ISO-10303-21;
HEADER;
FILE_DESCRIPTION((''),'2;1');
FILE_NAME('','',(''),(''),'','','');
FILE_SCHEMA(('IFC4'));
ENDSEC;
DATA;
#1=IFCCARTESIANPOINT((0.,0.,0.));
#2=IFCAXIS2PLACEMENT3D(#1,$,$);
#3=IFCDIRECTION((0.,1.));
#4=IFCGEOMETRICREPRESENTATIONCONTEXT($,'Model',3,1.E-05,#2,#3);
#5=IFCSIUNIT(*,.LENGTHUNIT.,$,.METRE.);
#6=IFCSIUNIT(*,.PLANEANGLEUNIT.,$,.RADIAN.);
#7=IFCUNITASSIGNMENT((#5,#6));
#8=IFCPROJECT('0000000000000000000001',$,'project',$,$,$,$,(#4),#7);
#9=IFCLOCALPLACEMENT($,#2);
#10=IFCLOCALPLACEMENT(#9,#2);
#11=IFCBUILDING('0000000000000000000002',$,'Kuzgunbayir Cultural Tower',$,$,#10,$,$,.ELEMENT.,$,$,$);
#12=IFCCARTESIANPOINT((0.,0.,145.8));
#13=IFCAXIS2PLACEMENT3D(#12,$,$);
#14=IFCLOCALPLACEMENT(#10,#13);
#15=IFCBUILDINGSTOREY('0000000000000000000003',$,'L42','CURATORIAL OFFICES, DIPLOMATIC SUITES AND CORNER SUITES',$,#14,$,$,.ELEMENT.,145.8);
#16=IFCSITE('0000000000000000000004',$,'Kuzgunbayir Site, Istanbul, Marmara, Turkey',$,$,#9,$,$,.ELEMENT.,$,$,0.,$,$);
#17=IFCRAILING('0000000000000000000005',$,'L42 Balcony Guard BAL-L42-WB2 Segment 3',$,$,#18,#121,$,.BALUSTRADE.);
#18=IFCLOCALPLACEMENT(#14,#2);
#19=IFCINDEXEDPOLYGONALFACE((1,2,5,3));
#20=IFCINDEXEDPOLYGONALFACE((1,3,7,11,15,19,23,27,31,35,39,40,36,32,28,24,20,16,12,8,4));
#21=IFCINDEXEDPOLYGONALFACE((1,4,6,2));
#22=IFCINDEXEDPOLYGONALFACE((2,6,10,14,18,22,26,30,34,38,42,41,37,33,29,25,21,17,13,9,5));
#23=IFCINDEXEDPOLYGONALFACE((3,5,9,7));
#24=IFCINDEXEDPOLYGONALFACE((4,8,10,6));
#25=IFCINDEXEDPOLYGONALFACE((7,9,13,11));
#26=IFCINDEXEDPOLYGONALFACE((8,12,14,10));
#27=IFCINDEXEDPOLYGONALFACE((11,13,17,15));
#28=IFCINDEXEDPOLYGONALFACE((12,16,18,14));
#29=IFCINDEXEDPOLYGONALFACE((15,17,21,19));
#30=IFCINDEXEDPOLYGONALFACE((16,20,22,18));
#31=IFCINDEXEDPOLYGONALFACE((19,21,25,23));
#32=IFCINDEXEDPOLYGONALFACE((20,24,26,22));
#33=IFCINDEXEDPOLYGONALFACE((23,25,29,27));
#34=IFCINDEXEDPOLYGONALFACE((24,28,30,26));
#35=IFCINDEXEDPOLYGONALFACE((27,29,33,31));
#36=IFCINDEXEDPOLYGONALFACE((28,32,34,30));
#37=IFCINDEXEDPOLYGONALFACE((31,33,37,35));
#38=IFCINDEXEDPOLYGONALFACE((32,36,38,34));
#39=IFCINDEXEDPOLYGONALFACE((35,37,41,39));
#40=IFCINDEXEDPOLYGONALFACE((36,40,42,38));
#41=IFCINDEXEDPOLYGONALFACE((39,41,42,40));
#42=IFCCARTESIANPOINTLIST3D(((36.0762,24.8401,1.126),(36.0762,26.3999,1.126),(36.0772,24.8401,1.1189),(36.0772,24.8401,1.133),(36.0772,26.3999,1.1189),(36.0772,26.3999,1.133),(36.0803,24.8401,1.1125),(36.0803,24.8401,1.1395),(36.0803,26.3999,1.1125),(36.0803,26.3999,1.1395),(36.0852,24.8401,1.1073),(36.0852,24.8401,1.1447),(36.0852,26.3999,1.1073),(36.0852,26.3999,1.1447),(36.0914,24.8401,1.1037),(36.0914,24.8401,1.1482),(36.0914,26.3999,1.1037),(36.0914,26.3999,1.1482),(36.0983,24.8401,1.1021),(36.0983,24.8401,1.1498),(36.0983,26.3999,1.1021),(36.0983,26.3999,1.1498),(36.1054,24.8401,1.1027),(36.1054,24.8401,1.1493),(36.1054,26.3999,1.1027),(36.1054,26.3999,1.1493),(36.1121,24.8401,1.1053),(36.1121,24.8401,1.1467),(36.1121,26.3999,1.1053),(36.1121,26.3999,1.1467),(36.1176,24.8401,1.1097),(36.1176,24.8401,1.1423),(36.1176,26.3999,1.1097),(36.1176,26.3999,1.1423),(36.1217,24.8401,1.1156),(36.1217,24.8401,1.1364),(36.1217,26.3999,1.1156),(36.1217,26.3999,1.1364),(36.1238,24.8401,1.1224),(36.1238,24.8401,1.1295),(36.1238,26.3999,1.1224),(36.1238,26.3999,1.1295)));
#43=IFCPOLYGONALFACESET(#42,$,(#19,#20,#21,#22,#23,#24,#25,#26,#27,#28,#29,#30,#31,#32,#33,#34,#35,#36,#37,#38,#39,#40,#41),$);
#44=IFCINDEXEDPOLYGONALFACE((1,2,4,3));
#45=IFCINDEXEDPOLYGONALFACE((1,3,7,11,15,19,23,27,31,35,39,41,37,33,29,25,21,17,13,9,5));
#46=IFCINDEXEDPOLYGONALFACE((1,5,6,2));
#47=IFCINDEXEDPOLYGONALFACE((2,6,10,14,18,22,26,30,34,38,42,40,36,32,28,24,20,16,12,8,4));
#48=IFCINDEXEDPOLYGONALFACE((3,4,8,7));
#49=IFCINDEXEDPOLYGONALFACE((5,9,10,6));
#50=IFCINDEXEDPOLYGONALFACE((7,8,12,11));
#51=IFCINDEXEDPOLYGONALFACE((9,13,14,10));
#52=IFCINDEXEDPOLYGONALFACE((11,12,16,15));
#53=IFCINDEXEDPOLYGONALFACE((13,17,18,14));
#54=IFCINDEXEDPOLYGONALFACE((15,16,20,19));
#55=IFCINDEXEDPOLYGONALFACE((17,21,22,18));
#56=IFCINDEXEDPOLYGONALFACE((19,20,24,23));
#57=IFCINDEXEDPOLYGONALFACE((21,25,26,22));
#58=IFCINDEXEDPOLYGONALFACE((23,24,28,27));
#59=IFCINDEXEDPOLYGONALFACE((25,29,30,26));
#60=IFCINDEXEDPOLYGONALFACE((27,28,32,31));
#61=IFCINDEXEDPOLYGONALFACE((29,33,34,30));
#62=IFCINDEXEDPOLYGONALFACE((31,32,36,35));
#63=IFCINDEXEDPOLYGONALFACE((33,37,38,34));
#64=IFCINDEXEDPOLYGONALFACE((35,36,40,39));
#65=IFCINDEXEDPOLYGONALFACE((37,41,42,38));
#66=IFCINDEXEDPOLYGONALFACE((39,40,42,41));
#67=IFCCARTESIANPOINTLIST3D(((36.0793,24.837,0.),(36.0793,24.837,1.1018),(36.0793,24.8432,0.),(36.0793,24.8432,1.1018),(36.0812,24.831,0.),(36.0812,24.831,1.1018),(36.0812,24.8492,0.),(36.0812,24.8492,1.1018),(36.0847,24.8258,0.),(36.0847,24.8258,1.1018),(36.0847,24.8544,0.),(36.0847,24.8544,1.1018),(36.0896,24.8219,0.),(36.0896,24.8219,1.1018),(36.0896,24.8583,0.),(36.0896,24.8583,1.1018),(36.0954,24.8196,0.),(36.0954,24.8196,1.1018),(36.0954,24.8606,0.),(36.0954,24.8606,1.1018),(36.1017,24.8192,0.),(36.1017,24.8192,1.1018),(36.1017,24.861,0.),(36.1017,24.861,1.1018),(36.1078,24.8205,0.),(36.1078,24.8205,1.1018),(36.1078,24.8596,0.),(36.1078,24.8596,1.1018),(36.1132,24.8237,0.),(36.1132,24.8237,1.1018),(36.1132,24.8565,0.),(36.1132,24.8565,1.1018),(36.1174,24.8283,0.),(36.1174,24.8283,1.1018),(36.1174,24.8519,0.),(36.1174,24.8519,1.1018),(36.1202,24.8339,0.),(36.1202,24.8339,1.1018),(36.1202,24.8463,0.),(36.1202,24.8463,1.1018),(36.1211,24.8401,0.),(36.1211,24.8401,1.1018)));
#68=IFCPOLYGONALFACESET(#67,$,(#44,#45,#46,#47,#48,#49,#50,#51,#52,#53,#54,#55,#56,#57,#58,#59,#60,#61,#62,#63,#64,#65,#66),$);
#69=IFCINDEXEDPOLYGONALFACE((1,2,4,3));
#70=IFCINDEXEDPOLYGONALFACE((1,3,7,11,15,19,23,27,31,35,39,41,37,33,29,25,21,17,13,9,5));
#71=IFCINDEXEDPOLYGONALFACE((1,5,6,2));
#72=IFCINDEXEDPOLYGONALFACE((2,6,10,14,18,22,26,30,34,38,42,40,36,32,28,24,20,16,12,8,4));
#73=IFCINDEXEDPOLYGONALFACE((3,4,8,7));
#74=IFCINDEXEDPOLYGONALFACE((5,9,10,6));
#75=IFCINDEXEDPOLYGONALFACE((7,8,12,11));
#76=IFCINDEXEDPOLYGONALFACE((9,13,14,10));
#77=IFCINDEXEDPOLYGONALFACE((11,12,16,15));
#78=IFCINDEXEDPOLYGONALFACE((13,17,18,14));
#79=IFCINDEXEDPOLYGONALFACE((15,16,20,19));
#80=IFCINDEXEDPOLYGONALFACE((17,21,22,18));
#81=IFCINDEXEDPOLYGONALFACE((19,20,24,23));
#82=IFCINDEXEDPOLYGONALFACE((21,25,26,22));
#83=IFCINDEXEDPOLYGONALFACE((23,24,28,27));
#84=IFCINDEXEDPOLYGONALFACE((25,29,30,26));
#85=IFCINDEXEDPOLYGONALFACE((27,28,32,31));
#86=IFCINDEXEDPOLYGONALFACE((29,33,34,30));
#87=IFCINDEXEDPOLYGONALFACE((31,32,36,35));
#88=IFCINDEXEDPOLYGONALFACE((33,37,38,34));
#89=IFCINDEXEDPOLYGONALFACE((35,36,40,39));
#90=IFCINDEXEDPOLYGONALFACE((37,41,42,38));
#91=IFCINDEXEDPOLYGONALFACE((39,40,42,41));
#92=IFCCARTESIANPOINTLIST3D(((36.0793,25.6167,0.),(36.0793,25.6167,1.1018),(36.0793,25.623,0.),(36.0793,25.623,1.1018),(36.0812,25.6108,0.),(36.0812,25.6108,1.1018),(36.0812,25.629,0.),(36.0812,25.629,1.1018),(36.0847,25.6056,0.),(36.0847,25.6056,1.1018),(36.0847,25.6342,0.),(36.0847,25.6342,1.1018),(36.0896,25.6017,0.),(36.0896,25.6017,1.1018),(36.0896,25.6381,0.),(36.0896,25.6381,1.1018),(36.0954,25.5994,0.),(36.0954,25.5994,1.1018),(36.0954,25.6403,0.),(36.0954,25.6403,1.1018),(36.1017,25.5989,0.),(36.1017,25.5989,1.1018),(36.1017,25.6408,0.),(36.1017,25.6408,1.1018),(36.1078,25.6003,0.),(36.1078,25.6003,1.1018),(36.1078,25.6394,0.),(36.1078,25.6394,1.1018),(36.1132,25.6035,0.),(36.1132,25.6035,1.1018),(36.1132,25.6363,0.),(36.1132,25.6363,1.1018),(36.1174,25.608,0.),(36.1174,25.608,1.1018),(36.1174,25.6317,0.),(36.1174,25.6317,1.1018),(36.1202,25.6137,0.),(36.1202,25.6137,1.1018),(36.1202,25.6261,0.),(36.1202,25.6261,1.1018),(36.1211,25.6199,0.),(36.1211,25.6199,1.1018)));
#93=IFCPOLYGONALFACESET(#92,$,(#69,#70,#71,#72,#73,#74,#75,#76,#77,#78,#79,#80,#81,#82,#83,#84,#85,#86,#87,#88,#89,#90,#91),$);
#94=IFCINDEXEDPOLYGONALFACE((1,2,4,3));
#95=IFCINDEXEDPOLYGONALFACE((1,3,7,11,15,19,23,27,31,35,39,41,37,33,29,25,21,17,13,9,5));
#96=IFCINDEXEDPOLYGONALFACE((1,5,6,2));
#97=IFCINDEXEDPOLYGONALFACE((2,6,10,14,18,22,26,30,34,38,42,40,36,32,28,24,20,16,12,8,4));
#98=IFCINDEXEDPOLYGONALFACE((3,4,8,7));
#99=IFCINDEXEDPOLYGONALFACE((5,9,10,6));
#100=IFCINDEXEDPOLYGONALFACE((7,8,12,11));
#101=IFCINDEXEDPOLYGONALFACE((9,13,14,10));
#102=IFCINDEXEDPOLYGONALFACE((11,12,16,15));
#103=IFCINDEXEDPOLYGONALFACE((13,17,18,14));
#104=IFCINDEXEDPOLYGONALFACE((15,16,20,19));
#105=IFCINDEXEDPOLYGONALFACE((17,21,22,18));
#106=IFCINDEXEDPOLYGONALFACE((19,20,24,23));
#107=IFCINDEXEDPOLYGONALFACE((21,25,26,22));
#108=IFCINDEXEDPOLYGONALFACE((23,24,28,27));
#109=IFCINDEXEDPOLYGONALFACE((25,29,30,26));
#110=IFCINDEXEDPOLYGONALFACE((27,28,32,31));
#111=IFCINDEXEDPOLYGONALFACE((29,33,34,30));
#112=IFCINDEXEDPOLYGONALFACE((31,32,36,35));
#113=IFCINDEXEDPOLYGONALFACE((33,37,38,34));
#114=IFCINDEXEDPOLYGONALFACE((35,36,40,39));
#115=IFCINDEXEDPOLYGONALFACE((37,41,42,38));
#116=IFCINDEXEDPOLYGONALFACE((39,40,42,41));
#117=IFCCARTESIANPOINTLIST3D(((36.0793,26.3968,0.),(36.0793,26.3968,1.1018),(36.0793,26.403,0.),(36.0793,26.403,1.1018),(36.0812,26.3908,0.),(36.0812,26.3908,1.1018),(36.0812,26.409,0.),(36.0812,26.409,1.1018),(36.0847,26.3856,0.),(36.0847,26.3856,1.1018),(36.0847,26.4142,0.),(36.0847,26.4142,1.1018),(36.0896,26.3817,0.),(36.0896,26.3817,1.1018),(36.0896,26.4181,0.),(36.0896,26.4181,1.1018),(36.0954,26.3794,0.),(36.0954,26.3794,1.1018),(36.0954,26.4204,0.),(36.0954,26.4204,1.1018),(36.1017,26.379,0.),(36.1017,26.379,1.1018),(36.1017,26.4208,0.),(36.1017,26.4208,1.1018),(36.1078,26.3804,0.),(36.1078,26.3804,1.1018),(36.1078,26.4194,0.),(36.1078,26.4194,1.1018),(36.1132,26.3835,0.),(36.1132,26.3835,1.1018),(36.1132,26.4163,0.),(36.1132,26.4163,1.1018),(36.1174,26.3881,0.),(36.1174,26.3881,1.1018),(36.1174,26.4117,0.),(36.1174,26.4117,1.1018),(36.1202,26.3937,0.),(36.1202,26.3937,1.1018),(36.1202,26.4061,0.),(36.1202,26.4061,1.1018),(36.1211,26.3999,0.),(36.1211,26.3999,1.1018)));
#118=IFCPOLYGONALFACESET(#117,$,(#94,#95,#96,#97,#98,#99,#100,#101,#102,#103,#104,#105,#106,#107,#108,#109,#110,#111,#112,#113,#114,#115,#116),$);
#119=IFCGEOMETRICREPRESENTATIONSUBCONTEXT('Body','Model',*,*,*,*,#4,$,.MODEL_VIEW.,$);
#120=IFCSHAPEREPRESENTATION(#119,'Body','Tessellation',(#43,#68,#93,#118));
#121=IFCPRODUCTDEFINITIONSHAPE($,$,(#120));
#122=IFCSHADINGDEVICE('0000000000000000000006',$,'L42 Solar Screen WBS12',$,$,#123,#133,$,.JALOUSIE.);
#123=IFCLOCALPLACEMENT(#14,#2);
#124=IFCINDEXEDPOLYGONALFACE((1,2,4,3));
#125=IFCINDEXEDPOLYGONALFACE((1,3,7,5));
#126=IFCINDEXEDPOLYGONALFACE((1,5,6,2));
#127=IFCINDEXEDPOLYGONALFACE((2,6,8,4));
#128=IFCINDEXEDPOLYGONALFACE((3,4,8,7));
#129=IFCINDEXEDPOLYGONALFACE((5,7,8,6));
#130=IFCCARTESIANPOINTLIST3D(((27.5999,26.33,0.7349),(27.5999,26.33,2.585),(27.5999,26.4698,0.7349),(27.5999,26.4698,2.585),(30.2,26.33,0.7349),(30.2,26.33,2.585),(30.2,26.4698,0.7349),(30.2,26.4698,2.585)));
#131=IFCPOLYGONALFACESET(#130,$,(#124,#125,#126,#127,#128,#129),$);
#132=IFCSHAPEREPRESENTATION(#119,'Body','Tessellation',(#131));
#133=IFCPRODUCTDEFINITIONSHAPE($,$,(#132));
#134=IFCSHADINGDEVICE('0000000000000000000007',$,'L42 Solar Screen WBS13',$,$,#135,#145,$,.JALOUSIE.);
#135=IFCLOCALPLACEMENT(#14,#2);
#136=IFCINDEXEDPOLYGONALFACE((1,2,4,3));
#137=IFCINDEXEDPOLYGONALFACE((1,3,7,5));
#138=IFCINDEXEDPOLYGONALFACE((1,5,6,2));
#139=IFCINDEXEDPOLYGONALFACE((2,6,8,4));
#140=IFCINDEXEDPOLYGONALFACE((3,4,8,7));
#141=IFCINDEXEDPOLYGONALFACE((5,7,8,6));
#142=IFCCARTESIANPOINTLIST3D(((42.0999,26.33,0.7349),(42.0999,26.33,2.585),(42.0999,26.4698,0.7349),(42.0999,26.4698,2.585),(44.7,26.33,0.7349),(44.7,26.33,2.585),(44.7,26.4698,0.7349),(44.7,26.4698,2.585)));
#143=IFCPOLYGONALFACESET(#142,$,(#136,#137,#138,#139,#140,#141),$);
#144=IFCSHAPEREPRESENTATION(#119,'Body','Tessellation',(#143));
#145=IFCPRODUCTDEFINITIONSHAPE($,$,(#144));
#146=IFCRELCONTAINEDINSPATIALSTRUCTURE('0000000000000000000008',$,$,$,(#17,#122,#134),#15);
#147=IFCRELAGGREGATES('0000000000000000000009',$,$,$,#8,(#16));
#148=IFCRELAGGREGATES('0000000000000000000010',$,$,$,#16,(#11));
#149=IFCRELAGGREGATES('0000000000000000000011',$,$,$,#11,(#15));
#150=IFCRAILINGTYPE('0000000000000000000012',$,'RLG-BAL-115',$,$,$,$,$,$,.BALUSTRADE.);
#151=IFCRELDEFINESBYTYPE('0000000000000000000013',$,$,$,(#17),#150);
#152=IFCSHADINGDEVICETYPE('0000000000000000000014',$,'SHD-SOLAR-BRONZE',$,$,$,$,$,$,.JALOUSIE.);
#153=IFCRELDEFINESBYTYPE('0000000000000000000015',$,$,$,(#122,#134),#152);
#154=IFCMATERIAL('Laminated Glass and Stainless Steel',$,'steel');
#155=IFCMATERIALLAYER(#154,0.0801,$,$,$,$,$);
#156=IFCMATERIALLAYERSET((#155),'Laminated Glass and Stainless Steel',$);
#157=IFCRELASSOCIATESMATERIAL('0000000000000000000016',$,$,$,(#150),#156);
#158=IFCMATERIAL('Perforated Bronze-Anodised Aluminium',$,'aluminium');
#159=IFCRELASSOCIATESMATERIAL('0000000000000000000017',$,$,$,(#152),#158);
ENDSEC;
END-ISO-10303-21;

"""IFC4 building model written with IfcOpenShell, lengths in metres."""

from ifc_helpers import new_model, si_unit, direction, frame, origin, origin_2d, place, context, subcontext, project, spatial, rectangle, circle, extrude, material, layer, layer_set, type_object, element, save


model = new_model("IFC4")

# Units and contexts
model_context = context("Model", 3, precision=1e-05, world=origin(), true_north=direction((0.0, 1.0)))
body_context = subcontext(model_context, "Body", "Model", "MODEL_VIEW")
ifc_project = project(units=[si_unit("LENGTHUNIT", "METRE"), si_unit("PLANEANGLEUNIT", "RADIAN")], contexts=[model_context])

# Site, building, storey
site_placement = place(None, origin())
site = spatial("IfcSite", under=ifc_project, at=site_placement, Name="Kuzgunbayir Site, Istanbul, Marmara, Turkey", CompositionType="ELEMENT", RefElevation=0.0)
building_placement = place(site_placement, origin())
building = spatial("IfcBuilding", under=site, at=building_placement, Name="Kuzgunbayir Cultural Tower", CompositionType="ELEMENT")
storey_placement = place(building_placement, frame((0.0, 0.0, 145.8)))
storey = spatial("IfcBuildingStorey", under=building, at=storey_placement, Name="L42", Description="CURATORIAL OFFICES, DIPLOMATIC SUITES AND CORNER SUITES", CompositionType="ELEMENT", Elevation=145.8)

# Railing
ifc_material_1 = material(Name="Laminated Glass and Stainless Steel", Category="steel")
ifc_layer_1 = layer(ifc_material_1, 0.0801)
ifc_layer_set_1 = layer_set([ifc_layer_1], Name="Laminated Glass and Stainless Steel")
railing_type = type_object("IfcRailingType", Name="RLG-BAL-115", PredefinedType="BALUSTRADE", material=ifc_layer_set_1)
railing_1_placement = place(storey_placement, frame((36.1001, 24.8401, 0.0)))
element("IfcRailing", 1, at=railing_1_placement, inside=storey, type_object=railing_type, Name="L42 Balcony Guard BAL-L42-WB2 Segment 3", PredefinedType="BALUSTRADE", context=body_context, shape_type="SweptSolid", body=[
    extrude(circle(Radius=0.0239, at=origin_2d()), frame((0.0, 0.0, 1.126), z_axis=(0.0, 1.0, 0.0), x_axis=(-1.0, 0.0, 0.0)), (0.0, 0.0, 1.0), 1.5598),
    extrude(circle(Radius=0.021, at=origin_2d()), origin(), (0.0, 0.0, 1.0), 1.1018),
    extrude(circle(Radius=0.021, at=origin_2d()), frame((0.0, 0.7798, 0.0)), (0.0, 0.0, 1.0), 1.1018),
    extrude(circle(Radius=0.021, at=origin_2d()), frame((0.0, 1.5598, 0.0)), (0.0, 0.0, 1.0), 1.1018),
])

# Shading devices
ifc_material_2 = material(Name="Perforated Bronze-Anodised Aluminium", Category="aluminium")
shading_device_type = type_object("IfcShadingDeviceType", Name="SHD-SOLAR-BRONZE", PredefinedType="JALOUSIE", material=ifc_material_2)
for number, where, z_axis, x_axis, name in (
    (2, (28.8999, 26.3999, 0.7349), (0.0, 0.0, 1.0), (1.0, 0.0, 0.0), "L42 Solar Screen WBS12"),
    (3, (43.3999, 26.3999, 0.7349), (0.0, 0.0, 1.0), (1.0, 0.0, 0.0), "L42 Solar Screen WBS13"),
):
    element("IfcShadingDevice", number, at=place(storey_placement, frame(where, z_axis=z_axis, x_axis=x_axis)), inside=storey, type_object=shading_device_type, Name=name, PredefinedType="JALOUSIE", context=body_context, shape_type="SweptSolid", body=[
        extrude(rectangle(XDim=2.6001, YDim=0.1399, at=origin_2d()), origin(), (0.0, 0.0, 1.0), 1.8501),
    ])

save(model, "model.ifc")
